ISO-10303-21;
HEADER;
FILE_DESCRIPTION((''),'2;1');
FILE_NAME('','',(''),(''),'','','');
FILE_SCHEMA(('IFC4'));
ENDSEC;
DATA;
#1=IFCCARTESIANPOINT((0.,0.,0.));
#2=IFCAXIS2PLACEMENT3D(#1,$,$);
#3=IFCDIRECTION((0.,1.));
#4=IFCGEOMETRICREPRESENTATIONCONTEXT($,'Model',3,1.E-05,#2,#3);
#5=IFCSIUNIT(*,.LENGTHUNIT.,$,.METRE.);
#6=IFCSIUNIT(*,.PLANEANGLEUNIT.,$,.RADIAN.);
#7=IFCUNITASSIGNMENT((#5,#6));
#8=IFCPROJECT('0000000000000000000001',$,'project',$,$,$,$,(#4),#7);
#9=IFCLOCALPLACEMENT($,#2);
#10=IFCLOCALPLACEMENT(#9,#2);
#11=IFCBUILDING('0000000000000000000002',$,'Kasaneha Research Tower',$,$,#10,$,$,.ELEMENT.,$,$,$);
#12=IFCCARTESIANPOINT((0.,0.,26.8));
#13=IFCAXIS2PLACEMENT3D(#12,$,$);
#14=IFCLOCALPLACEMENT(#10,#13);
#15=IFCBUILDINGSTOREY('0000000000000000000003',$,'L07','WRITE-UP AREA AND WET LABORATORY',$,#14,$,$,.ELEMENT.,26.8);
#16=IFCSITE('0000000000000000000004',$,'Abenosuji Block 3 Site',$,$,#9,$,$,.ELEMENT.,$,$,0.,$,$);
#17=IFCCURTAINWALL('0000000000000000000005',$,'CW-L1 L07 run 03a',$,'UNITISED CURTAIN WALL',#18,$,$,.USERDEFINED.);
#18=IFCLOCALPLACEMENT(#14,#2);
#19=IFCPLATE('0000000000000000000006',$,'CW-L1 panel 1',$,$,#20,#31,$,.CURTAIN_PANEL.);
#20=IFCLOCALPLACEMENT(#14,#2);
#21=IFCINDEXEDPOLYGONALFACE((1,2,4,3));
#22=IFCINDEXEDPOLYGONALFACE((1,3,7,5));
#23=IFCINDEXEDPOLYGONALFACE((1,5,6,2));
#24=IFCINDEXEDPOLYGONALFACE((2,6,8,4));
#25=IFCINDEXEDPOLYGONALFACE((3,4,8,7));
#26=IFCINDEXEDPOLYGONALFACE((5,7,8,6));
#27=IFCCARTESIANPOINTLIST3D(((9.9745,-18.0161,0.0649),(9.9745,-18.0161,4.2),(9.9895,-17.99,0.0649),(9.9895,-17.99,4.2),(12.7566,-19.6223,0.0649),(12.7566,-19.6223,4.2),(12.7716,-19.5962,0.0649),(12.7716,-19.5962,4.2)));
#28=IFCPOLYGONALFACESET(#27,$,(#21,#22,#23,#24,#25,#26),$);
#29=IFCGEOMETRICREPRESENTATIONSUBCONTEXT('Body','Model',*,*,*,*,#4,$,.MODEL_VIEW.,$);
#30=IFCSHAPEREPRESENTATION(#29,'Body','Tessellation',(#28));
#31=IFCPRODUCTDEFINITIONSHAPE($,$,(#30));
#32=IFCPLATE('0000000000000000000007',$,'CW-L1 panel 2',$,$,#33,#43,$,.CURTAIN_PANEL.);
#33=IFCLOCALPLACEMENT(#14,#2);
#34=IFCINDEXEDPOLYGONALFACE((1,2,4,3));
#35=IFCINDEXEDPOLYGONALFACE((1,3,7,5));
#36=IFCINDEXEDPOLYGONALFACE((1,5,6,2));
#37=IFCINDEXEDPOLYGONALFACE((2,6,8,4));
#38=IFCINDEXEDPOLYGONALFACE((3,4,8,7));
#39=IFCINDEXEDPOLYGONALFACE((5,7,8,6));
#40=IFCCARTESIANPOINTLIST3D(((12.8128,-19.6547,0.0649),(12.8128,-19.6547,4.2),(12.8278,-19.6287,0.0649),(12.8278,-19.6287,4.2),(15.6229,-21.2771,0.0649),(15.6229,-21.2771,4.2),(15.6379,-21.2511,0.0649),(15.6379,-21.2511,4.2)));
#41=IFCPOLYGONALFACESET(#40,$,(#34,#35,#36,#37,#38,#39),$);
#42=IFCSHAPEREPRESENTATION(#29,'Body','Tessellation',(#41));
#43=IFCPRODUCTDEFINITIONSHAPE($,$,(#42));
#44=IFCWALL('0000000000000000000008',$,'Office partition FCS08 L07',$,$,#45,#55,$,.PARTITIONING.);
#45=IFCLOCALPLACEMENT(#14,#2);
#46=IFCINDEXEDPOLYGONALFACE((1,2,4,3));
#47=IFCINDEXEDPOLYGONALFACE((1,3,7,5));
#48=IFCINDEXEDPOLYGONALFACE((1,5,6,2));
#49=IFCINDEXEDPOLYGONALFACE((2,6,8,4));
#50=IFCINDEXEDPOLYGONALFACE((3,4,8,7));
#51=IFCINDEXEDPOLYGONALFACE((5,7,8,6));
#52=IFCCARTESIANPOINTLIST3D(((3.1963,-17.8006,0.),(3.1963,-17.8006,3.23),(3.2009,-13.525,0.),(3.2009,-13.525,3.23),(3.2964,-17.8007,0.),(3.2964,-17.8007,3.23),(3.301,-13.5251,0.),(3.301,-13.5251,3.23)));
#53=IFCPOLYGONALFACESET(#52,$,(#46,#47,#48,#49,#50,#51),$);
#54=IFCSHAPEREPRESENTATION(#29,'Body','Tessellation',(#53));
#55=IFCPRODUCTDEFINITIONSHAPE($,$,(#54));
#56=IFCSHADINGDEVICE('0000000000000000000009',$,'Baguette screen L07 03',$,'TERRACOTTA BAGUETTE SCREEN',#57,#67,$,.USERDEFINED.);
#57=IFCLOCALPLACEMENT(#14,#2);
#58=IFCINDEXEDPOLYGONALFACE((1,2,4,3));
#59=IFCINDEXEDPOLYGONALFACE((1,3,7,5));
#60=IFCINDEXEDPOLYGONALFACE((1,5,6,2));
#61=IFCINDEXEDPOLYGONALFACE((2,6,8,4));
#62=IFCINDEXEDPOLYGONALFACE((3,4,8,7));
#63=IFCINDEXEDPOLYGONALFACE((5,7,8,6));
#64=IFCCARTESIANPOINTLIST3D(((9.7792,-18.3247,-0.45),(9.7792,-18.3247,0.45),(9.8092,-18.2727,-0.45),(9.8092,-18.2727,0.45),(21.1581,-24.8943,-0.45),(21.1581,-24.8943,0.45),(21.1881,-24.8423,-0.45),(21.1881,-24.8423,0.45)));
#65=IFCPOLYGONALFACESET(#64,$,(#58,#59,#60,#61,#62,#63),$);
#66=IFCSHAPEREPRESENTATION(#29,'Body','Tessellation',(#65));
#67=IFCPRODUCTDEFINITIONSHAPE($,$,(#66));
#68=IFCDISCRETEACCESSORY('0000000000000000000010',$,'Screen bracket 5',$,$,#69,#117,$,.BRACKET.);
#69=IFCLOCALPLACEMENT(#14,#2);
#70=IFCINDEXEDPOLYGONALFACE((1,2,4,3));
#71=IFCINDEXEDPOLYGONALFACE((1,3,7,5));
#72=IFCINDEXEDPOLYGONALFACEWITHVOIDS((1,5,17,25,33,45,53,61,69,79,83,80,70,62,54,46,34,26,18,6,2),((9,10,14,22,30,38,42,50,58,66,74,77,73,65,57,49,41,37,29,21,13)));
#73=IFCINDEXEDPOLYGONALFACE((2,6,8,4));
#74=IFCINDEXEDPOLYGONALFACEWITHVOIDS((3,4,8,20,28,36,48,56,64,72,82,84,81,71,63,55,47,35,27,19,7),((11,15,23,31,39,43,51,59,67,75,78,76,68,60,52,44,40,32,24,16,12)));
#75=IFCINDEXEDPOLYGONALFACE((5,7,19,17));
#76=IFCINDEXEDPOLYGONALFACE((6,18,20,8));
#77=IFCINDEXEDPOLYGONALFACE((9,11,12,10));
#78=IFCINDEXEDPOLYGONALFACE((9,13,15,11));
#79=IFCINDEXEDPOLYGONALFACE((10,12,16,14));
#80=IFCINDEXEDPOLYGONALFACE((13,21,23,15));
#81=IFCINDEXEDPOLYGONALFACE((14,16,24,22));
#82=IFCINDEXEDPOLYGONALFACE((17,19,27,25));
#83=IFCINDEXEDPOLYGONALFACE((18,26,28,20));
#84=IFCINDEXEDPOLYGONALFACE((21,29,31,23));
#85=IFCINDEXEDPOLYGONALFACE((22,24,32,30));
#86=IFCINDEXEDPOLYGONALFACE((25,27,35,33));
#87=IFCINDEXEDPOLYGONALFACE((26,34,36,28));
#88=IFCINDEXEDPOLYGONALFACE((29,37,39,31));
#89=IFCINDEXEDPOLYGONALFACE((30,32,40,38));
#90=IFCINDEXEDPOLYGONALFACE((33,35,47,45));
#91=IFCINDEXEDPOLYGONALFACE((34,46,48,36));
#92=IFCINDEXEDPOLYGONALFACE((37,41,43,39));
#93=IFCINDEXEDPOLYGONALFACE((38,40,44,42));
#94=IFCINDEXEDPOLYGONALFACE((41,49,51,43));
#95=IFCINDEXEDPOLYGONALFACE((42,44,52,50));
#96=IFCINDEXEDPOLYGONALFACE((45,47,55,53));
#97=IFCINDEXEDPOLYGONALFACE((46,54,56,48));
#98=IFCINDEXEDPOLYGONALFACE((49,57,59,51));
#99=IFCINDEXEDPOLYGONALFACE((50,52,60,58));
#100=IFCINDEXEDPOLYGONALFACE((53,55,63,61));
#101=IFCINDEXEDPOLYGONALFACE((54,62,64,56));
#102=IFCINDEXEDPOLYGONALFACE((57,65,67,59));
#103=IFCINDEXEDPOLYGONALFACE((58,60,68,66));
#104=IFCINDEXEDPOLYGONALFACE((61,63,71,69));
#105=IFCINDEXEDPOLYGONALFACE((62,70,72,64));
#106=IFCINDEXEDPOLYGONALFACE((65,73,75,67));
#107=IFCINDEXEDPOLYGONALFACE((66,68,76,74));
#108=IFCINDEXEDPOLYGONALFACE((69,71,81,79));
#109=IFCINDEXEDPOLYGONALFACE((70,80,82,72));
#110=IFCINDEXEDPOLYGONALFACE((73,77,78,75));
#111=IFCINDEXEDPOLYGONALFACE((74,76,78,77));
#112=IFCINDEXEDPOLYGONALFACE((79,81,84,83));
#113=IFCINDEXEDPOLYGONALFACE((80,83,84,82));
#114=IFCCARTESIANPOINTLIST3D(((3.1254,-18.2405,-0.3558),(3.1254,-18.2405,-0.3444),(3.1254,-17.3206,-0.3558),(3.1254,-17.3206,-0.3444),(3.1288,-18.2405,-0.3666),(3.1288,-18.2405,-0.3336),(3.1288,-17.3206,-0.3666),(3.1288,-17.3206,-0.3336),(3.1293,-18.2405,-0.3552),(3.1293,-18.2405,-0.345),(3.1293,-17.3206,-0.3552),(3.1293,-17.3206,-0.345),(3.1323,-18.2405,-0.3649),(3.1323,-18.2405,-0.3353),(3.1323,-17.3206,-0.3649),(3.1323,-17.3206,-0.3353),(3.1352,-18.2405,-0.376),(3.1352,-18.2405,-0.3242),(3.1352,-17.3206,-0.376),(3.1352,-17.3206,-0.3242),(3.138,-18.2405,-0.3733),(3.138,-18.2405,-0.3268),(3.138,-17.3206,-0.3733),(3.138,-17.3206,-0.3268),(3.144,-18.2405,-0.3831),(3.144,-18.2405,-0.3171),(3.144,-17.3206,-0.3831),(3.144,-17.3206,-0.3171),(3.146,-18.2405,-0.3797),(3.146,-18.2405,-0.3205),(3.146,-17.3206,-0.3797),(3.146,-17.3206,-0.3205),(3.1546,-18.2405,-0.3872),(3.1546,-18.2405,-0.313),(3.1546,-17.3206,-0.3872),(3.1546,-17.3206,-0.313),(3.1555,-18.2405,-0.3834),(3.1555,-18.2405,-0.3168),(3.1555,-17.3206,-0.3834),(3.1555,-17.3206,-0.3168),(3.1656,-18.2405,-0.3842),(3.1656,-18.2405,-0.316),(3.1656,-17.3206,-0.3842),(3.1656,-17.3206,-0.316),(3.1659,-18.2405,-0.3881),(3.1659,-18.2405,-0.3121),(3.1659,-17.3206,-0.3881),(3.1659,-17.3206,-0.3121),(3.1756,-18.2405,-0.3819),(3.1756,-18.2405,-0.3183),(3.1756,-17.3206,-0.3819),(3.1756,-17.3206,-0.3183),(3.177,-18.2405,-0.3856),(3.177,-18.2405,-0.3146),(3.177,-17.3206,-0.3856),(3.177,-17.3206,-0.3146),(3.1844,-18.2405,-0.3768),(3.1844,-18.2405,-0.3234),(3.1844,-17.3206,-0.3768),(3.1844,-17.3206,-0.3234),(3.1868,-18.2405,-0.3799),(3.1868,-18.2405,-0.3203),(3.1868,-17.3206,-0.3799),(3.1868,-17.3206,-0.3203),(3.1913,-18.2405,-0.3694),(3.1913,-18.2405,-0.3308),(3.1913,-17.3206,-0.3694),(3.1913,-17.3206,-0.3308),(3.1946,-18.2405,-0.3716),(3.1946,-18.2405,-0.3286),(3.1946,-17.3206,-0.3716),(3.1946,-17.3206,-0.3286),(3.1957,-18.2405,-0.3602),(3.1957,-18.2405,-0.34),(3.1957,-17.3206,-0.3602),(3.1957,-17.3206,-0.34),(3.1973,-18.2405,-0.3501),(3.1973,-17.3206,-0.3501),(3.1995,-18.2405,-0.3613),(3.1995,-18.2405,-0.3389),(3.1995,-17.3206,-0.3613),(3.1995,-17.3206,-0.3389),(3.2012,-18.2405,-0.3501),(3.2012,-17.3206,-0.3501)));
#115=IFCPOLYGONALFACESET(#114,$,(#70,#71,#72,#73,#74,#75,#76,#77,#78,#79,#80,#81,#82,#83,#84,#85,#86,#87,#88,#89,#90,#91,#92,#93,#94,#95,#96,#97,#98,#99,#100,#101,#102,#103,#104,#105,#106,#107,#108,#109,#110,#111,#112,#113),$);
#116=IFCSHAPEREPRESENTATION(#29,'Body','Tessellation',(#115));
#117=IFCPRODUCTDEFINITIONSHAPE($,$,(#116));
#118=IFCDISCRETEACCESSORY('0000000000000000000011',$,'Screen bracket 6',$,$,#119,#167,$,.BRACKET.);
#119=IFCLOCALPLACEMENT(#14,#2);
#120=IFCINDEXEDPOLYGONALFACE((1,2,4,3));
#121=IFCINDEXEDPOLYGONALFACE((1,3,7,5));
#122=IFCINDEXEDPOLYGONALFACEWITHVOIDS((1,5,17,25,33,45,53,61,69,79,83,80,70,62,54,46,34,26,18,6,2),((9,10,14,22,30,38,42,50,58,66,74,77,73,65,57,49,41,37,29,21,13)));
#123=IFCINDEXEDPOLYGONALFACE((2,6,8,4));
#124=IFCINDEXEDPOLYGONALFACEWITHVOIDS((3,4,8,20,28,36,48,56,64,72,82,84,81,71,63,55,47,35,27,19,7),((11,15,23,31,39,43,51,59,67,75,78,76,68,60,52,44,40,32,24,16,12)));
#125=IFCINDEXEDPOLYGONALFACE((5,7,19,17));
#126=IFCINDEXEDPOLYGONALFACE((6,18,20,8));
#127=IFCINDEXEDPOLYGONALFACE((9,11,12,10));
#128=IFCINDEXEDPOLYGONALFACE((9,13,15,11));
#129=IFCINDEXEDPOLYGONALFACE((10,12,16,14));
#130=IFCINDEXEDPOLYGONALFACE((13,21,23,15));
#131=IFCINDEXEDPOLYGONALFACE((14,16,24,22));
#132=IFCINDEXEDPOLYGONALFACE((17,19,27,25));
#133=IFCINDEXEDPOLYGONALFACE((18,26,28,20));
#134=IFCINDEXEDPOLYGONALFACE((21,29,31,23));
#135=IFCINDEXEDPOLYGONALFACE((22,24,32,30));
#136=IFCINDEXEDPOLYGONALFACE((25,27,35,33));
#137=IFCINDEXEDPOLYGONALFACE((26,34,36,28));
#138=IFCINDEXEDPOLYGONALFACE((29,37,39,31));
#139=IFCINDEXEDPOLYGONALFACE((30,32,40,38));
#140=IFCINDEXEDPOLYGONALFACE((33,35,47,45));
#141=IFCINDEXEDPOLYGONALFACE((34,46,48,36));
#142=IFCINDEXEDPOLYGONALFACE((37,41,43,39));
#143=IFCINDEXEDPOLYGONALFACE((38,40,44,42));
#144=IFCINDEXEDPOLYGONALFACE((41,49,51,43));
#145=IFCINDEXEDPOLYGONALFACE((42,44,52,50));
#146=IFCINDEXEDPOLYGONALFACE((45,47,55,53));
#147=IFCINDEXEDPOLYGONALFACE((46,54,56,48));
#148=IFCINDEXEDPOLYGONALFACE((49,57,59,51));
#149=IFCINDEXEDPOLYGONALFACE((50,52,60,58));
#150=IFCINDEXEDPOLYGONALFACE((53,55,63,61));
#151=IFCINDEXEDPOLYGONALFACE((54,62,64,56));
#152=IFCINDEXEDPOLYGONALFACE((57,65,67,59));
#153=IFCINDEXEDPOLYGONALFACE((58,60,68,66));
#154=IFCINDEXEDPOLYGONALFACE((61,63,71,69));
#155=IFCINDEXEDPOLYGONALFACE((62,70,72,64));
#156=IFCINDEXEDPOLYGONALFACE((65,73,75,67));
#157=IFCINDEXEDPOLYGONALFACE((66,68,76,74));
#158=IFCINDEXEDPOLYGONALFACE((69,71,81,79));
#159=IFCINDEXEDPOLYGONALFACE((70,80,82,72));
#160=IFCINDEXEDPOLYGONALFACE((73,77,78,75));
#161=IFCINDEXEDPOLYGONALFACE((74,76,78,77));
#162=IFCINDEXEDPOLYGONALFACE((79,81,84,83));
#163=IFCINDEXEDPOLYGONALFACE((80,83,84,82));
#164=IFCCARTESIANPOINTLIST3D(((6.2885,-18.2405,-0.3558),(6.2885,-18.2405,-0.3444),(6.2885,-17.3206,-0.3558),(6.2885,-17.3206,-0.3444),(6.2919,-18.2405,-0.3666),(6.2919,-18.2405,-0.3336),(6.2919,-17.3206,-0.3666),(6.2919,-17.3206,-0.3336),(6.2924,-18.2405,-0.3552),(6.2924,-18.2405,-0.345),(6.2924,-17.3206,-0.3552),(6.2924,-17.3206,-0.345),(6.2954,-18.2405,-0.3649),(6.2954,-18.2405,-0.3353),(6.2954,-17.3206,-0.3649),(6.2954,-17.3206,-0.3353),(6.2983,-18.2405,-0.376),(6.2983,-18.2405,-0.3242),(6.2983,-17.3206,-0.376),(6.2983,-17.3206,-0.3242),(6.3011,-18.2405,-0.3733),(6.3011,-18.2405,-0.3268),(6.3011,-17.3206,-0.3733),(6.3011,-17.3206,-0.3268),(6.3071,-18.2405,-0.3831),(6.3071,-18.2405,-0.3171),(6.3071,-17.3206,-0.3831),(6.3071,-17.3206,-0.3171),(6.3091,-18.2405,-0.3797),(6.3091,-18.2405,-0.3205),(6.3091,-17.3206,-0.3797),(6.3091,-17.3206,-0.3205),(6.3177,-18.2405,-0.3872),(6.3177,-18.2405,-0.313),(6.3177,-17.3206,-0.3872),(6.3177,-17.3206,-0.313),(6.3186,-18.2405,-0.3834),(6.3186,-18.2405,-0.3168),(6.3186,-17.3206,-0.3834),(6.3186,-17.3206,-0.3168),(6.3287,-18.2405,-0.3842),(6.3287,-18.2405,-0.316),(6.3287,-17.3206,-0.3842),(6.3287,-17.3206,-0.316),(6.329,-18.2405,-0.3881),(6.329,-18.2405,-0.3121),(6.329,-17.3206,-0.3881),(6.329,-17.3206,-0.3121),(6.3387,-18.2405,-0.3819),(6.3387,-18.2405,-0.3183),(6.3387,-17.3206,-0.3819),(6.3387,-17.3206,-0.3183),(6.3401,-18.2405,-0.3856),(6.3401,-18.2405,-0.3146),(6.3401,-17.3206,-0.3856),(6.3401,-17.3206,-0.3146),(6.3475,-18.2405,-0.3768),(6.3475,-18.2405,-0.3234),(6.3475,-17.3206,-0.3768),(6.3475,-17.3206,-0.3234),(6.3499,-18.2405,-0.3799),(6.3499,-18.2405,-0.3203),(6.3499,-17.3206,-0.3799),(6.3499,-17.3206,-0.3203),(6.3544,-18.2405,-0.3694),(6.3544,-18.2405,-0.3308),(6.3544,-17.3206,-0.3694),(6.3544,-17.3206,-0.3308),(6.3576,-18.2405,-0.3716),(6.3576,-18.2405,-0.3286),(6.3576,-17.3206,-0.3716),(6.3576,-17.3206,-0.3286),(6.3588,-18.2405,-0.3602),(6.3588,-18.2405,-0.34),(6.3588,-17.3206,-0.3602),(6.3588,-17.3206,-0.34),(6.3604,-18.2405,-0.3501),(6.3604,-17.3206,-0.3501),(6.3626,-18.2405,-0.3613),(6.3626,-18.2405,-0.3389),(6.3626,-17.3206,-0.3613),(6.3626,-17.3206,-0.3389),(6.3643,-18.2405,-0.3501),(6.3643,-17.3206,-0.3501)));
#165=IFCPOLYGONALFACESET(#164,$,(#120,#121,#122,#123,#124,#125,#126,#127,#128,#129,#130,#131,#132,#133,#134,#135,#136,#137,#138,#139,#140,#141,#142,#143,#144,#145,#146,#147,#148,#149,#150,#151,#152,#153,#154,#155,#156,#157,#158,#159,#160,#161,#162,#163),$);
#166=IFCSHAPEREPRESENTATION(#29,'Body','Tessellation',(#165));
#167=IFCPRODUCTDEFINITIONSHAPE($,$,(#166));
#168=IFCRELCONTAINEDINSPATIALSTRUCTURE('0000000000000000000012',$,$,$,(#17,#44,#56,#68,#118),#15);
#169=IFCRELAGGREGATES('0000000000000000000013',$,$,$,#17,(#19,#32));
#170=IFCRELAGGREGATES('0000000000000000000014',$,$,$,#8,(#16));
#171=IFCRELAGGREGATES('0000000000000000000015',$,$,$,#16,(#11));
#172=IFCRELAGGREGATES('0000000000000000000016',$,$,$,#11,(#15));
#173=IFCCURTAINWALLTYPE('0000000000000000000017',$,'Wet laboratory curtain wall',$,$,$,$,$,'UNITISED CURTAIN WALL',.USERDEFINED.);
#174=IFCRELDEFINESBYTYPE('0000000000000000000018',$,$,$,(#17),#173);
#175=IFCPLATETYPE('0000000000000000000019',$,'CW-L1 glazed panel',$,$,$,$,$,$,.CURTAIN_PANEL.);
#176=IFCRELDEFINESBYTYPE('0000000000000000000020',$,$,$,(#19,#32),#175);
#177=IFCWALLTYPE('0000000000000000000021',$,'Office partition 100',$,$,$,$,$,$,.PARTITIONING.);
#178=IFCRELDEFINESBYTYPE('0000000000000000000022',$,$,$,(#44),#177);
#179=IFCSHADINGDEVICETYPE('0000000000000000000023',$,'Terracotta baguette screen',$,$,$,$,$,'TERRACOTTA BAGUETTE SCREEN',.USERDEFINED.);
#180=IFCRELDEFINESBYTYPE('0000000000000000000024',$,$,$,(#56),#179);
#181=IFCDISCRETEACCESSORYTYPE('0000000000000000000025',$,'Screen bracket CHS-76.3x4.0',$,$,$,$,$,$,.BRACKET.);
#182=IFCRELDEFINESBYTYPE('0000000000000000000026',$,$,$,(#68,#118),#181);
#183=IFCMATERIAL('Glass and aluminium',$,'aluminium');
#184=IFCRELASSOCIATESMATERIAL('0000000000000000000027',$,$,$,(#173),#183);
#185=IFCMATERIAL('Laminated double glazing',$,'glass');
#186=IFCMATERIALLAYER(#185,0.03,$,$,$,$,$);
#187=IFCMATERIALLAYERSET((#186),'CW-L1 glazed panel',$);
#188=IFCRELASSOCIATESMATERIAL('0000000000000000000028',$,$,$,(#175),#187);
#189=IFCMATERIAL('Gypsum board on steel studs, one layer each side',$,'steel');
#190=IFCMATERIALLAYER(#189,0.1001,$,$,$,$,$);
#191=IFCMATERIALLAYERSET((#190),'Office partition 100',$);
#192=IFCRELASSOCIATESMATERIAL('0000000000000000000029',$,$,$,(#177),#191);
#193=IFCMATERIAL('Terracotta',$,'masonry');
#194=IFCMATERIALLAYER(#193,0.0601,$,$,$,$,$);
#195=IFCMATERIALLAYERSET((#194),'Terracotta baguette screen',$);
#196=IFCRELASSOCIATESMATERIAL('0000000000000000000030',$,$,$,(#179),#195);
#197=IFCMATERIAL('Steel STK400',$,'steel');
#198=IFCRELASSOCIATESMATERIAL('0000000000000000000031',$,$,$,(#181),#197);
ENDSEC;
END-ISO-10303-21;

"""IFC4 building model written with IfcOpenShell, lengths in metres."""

from ifc_helpers import new_model, si_unit, direction, frame, frame_2d, origin, origin_2d, place, context, subcontext, project, spatial, rectangle, hollow_circle, extrude, material, layer, layer_set, material_profile, profile_set, type_object, element, aggregate, save


model = new_model("IFC4")

# Units and contexts
model_context = context("Model", 3, precision=1e-05, world=origin(), true_north=direction((0.0, 1.0)))
body_context = subcontext(model_context, "Body", "Model", "MODEL_VIEW")
ifc_project = project(units=[si_unit("LENGTHUNIT", "METRE"), si_unit("PLANEANGLEUNIT", "RADIAN")], contexts=[model_context])

# Site, building, storey
site_placement = place(None, origin())
site = spatial("IfcSite", under=ifc_project, at=site_placement, Name="Abenosuji Block 3 Site", CompositionType="ELEMENT", RefElevation=0.0)
building_placement = place(site_placement, origin())
building = spatial("IfcBuilding", under=site, at=building_placement, Name="Kasaneha Research Tower", CompositionType="ELEMENT")
storey_placement = place(building_placement, frame((0.0, 0.0, 26.8)))
storey = spatial("IfcBuildingStorey", under=building, at=storey_placement, Name="L07", Description="WRITE-UP AREA AND WET LABORATORY", CompositionType="ELEMENT", Elevation=26.8)

# Curtain wall
ifc_material_1 = material(Name="Glass and aluminium", Category="aluminium")
curtain_wall_type = type_object("IfcCurtainWallType", Name="Wet laboratory curtain wall", ElementType="UNITISED CURTAIN WALL", PredefinedType="USERDEFINED", material=ifc_material_1)
curtain_wall_1_placement = place(storey_placement, origin())
curtain_wall_1 = element("IfcCurtainWall", 1, at=curtain_wall_1_placement, inside=storey, type_object=curtain_wall_type, Name="CW-L1 L07 run 03a", ObjectType="UNITISED CURTAIN WALL", PredefinedType="USERDEFINED")

# Plates
ifc_material_2 = material(Name="Laminated double glazing", Category="glass")
ifc_layer_1 = layer(ifc_material_2, 0.03)
ifc_layer_set_1 = layer_set([ifc_layer_1], Name="CW-L1 glazed panel")
plate_type = type_object("IfcPlateType", Name="CW-L1 glazed panel", PredefinedType="CURTAIN_PANEL", material=ifc_layer_set_1)
plate_1_placement = place(storey_placement, frame((11.373, -18.8062, 0.0649), z_axis=(0.0, 0.0, 1.0), x_axis=(0.866025, -0.5, 0.0)))
plate_1 = element("IfcPlate", 2, at=plate_1_placement, type_object=plate_type, Name="CW-L1 panel 1", PredefinedType="CURTAIN_PANEL", context=body_context, shape_type="SweptSolid", body=[
    extrude(rectangle(XDim=3.2124, YDim=0.03, at=origin_2d()), origin(), (0.0, 0.0, 1.0), 4.135),
])
plate_2_placement = place(storey_placement, frame((14.2253, -20.4529, 0.0649), z_axis=(0.0, 0.0, 1.0), x_axis=(0.866025, -0.5, 0.0)))
plate_2 = element("IfcPlate", 3, at=plate_2_placement, type_object=plate_type, Name="CW-L1 panel 2", PredefinedType="CURTAIN_PANEL", context=body_context, shape_type="SweptSolid", body=[
    extrude(rectangle(XDim=3.2449, YDim=0.03, at=origin_2d()), origin(), (0.0, 0.0, 1.0), 4.135),
])
aggregate(curtain_wall_1, [plate_1, plate_2])

# Wall
ifc_material_3 = material(Name="Gypsum board on steel studs, one layer each side", Category="steel")
ifc_layer_2 = layer(ifc_material_3, 0.1001)
ifc_layer_set_2 = layer_set([ifc_layer_2], Name="Office partition 100")
wall_type = type_object("IfcWallType", Name="Office partition 100", PredefinedType="PARTITIONING", material=ifc_layer_set_2)
wall_placement = place(storey_placement, frame((3.2463, -17.8005, 0.0), z_axis=(0.0, 0.0, 1.0), x_axis=(0.001085, 0.999999, 0.0)))
element("IfcWall", 4, at=wall_placement, inside=storey, type_object=wall_type, Name="Office partition FCS08 L07", PredefinedType="PARTITIONING", context=body_context, shape_type="SweptSolid", body=[
    extrude(rectangle(XDim=4.2756, YDim=0.1001, at=frame_2d((2.1377, 0.0))), origin(), (0.0, 0.0, 1.0), 3.23),
])

# Shading device
ifc_material_4 = material(Name="Terracotta", Category="masonry")
ifc_layer_3 = layer(ifc_material_4, 0.0601)
ifc_layer_set_3 = layer_set([ifc_layer_3], Name="Terracotta baguette screen")
shading_device_type = type_object("IfcShadingDeviceType", Name="Terracotta baguette screen", ElementType="TERRACOTTA BAGUETTE SCREEN", PredefinedType="USERDEFINED", material=ifc_layer_set_3)
shading_device_placement = place(storey_placement, frame((15.4836, -21.5835, -0.45), z_axis=(0.0, 0.0, 1.0), x_axis=(0.866025, -0.5, 0.0)))
element("IfcShadingDevice", 5, at=shading_device_placement, inside=storey, type_object=shading_device_type, Name="Baguette screen L07 03", ObjectType="TERRACOTTA BAGUETTE SCREEN", PredefinedType="USERDEFINED", context=body_context, shape_type="SweptSolid", body=[
    extrude(rectangle(XDim=13.1392, YDim=0.0601, at=origin_2d()), origin(), (0.0, 0.0, 1.0), 0.8999),
])

# Discrete accessories
ifc_material_5 = material(Name="Steel STK400", Category="steel")
ifc_material_profile_1 = material_profile(ifc_material_5, hollow_circle(Radius=0.0381, WallThickness=0.0039, at=origin_2d()), Name="CHS-76.3x4.0")
ifc_profile_set_1 = profile_set([ifc_material_profile_1], Name="Steel STK400")
discrete_accessory_type = type_object("IfcDiscreteAccessoryType", Name="Screen bracket CHS-76.3x4.0", PredefinedType="BRACKET", material=ifc_profile_set_1)
for number, where, z_axis, x_axis, name in (
    (6, (3.1631, -17.3206, -0.3501), (0.0, -1.0, 0.0), (1.0, 0.0, 0.0), "Screen bracket 5"),
    (7, (6.3262, -17.3206, -0.3501), (0.0, -1.0, 0.0), (1.0, 0.0, 0.0), "Screen bracket 6"),
):
    element("IfcDiscreteAccessory", number, at=place(storey_placement, frame(where, z_axis=z_axis, x_axis=x_axis)), inside=storey, type_object=discrete_accessory_type, Name=name, PredefinedType="BRACKET", context=body_context, shape_type="SweptSolid", body=[
        extrude(hollow_circle(Radius=0.0381, WallThickness=0.0039, at=origin_2d()), origin(), (0.0, 0.0, 1.0), 0.9199),
    ])

save(model, "model.ifc")
